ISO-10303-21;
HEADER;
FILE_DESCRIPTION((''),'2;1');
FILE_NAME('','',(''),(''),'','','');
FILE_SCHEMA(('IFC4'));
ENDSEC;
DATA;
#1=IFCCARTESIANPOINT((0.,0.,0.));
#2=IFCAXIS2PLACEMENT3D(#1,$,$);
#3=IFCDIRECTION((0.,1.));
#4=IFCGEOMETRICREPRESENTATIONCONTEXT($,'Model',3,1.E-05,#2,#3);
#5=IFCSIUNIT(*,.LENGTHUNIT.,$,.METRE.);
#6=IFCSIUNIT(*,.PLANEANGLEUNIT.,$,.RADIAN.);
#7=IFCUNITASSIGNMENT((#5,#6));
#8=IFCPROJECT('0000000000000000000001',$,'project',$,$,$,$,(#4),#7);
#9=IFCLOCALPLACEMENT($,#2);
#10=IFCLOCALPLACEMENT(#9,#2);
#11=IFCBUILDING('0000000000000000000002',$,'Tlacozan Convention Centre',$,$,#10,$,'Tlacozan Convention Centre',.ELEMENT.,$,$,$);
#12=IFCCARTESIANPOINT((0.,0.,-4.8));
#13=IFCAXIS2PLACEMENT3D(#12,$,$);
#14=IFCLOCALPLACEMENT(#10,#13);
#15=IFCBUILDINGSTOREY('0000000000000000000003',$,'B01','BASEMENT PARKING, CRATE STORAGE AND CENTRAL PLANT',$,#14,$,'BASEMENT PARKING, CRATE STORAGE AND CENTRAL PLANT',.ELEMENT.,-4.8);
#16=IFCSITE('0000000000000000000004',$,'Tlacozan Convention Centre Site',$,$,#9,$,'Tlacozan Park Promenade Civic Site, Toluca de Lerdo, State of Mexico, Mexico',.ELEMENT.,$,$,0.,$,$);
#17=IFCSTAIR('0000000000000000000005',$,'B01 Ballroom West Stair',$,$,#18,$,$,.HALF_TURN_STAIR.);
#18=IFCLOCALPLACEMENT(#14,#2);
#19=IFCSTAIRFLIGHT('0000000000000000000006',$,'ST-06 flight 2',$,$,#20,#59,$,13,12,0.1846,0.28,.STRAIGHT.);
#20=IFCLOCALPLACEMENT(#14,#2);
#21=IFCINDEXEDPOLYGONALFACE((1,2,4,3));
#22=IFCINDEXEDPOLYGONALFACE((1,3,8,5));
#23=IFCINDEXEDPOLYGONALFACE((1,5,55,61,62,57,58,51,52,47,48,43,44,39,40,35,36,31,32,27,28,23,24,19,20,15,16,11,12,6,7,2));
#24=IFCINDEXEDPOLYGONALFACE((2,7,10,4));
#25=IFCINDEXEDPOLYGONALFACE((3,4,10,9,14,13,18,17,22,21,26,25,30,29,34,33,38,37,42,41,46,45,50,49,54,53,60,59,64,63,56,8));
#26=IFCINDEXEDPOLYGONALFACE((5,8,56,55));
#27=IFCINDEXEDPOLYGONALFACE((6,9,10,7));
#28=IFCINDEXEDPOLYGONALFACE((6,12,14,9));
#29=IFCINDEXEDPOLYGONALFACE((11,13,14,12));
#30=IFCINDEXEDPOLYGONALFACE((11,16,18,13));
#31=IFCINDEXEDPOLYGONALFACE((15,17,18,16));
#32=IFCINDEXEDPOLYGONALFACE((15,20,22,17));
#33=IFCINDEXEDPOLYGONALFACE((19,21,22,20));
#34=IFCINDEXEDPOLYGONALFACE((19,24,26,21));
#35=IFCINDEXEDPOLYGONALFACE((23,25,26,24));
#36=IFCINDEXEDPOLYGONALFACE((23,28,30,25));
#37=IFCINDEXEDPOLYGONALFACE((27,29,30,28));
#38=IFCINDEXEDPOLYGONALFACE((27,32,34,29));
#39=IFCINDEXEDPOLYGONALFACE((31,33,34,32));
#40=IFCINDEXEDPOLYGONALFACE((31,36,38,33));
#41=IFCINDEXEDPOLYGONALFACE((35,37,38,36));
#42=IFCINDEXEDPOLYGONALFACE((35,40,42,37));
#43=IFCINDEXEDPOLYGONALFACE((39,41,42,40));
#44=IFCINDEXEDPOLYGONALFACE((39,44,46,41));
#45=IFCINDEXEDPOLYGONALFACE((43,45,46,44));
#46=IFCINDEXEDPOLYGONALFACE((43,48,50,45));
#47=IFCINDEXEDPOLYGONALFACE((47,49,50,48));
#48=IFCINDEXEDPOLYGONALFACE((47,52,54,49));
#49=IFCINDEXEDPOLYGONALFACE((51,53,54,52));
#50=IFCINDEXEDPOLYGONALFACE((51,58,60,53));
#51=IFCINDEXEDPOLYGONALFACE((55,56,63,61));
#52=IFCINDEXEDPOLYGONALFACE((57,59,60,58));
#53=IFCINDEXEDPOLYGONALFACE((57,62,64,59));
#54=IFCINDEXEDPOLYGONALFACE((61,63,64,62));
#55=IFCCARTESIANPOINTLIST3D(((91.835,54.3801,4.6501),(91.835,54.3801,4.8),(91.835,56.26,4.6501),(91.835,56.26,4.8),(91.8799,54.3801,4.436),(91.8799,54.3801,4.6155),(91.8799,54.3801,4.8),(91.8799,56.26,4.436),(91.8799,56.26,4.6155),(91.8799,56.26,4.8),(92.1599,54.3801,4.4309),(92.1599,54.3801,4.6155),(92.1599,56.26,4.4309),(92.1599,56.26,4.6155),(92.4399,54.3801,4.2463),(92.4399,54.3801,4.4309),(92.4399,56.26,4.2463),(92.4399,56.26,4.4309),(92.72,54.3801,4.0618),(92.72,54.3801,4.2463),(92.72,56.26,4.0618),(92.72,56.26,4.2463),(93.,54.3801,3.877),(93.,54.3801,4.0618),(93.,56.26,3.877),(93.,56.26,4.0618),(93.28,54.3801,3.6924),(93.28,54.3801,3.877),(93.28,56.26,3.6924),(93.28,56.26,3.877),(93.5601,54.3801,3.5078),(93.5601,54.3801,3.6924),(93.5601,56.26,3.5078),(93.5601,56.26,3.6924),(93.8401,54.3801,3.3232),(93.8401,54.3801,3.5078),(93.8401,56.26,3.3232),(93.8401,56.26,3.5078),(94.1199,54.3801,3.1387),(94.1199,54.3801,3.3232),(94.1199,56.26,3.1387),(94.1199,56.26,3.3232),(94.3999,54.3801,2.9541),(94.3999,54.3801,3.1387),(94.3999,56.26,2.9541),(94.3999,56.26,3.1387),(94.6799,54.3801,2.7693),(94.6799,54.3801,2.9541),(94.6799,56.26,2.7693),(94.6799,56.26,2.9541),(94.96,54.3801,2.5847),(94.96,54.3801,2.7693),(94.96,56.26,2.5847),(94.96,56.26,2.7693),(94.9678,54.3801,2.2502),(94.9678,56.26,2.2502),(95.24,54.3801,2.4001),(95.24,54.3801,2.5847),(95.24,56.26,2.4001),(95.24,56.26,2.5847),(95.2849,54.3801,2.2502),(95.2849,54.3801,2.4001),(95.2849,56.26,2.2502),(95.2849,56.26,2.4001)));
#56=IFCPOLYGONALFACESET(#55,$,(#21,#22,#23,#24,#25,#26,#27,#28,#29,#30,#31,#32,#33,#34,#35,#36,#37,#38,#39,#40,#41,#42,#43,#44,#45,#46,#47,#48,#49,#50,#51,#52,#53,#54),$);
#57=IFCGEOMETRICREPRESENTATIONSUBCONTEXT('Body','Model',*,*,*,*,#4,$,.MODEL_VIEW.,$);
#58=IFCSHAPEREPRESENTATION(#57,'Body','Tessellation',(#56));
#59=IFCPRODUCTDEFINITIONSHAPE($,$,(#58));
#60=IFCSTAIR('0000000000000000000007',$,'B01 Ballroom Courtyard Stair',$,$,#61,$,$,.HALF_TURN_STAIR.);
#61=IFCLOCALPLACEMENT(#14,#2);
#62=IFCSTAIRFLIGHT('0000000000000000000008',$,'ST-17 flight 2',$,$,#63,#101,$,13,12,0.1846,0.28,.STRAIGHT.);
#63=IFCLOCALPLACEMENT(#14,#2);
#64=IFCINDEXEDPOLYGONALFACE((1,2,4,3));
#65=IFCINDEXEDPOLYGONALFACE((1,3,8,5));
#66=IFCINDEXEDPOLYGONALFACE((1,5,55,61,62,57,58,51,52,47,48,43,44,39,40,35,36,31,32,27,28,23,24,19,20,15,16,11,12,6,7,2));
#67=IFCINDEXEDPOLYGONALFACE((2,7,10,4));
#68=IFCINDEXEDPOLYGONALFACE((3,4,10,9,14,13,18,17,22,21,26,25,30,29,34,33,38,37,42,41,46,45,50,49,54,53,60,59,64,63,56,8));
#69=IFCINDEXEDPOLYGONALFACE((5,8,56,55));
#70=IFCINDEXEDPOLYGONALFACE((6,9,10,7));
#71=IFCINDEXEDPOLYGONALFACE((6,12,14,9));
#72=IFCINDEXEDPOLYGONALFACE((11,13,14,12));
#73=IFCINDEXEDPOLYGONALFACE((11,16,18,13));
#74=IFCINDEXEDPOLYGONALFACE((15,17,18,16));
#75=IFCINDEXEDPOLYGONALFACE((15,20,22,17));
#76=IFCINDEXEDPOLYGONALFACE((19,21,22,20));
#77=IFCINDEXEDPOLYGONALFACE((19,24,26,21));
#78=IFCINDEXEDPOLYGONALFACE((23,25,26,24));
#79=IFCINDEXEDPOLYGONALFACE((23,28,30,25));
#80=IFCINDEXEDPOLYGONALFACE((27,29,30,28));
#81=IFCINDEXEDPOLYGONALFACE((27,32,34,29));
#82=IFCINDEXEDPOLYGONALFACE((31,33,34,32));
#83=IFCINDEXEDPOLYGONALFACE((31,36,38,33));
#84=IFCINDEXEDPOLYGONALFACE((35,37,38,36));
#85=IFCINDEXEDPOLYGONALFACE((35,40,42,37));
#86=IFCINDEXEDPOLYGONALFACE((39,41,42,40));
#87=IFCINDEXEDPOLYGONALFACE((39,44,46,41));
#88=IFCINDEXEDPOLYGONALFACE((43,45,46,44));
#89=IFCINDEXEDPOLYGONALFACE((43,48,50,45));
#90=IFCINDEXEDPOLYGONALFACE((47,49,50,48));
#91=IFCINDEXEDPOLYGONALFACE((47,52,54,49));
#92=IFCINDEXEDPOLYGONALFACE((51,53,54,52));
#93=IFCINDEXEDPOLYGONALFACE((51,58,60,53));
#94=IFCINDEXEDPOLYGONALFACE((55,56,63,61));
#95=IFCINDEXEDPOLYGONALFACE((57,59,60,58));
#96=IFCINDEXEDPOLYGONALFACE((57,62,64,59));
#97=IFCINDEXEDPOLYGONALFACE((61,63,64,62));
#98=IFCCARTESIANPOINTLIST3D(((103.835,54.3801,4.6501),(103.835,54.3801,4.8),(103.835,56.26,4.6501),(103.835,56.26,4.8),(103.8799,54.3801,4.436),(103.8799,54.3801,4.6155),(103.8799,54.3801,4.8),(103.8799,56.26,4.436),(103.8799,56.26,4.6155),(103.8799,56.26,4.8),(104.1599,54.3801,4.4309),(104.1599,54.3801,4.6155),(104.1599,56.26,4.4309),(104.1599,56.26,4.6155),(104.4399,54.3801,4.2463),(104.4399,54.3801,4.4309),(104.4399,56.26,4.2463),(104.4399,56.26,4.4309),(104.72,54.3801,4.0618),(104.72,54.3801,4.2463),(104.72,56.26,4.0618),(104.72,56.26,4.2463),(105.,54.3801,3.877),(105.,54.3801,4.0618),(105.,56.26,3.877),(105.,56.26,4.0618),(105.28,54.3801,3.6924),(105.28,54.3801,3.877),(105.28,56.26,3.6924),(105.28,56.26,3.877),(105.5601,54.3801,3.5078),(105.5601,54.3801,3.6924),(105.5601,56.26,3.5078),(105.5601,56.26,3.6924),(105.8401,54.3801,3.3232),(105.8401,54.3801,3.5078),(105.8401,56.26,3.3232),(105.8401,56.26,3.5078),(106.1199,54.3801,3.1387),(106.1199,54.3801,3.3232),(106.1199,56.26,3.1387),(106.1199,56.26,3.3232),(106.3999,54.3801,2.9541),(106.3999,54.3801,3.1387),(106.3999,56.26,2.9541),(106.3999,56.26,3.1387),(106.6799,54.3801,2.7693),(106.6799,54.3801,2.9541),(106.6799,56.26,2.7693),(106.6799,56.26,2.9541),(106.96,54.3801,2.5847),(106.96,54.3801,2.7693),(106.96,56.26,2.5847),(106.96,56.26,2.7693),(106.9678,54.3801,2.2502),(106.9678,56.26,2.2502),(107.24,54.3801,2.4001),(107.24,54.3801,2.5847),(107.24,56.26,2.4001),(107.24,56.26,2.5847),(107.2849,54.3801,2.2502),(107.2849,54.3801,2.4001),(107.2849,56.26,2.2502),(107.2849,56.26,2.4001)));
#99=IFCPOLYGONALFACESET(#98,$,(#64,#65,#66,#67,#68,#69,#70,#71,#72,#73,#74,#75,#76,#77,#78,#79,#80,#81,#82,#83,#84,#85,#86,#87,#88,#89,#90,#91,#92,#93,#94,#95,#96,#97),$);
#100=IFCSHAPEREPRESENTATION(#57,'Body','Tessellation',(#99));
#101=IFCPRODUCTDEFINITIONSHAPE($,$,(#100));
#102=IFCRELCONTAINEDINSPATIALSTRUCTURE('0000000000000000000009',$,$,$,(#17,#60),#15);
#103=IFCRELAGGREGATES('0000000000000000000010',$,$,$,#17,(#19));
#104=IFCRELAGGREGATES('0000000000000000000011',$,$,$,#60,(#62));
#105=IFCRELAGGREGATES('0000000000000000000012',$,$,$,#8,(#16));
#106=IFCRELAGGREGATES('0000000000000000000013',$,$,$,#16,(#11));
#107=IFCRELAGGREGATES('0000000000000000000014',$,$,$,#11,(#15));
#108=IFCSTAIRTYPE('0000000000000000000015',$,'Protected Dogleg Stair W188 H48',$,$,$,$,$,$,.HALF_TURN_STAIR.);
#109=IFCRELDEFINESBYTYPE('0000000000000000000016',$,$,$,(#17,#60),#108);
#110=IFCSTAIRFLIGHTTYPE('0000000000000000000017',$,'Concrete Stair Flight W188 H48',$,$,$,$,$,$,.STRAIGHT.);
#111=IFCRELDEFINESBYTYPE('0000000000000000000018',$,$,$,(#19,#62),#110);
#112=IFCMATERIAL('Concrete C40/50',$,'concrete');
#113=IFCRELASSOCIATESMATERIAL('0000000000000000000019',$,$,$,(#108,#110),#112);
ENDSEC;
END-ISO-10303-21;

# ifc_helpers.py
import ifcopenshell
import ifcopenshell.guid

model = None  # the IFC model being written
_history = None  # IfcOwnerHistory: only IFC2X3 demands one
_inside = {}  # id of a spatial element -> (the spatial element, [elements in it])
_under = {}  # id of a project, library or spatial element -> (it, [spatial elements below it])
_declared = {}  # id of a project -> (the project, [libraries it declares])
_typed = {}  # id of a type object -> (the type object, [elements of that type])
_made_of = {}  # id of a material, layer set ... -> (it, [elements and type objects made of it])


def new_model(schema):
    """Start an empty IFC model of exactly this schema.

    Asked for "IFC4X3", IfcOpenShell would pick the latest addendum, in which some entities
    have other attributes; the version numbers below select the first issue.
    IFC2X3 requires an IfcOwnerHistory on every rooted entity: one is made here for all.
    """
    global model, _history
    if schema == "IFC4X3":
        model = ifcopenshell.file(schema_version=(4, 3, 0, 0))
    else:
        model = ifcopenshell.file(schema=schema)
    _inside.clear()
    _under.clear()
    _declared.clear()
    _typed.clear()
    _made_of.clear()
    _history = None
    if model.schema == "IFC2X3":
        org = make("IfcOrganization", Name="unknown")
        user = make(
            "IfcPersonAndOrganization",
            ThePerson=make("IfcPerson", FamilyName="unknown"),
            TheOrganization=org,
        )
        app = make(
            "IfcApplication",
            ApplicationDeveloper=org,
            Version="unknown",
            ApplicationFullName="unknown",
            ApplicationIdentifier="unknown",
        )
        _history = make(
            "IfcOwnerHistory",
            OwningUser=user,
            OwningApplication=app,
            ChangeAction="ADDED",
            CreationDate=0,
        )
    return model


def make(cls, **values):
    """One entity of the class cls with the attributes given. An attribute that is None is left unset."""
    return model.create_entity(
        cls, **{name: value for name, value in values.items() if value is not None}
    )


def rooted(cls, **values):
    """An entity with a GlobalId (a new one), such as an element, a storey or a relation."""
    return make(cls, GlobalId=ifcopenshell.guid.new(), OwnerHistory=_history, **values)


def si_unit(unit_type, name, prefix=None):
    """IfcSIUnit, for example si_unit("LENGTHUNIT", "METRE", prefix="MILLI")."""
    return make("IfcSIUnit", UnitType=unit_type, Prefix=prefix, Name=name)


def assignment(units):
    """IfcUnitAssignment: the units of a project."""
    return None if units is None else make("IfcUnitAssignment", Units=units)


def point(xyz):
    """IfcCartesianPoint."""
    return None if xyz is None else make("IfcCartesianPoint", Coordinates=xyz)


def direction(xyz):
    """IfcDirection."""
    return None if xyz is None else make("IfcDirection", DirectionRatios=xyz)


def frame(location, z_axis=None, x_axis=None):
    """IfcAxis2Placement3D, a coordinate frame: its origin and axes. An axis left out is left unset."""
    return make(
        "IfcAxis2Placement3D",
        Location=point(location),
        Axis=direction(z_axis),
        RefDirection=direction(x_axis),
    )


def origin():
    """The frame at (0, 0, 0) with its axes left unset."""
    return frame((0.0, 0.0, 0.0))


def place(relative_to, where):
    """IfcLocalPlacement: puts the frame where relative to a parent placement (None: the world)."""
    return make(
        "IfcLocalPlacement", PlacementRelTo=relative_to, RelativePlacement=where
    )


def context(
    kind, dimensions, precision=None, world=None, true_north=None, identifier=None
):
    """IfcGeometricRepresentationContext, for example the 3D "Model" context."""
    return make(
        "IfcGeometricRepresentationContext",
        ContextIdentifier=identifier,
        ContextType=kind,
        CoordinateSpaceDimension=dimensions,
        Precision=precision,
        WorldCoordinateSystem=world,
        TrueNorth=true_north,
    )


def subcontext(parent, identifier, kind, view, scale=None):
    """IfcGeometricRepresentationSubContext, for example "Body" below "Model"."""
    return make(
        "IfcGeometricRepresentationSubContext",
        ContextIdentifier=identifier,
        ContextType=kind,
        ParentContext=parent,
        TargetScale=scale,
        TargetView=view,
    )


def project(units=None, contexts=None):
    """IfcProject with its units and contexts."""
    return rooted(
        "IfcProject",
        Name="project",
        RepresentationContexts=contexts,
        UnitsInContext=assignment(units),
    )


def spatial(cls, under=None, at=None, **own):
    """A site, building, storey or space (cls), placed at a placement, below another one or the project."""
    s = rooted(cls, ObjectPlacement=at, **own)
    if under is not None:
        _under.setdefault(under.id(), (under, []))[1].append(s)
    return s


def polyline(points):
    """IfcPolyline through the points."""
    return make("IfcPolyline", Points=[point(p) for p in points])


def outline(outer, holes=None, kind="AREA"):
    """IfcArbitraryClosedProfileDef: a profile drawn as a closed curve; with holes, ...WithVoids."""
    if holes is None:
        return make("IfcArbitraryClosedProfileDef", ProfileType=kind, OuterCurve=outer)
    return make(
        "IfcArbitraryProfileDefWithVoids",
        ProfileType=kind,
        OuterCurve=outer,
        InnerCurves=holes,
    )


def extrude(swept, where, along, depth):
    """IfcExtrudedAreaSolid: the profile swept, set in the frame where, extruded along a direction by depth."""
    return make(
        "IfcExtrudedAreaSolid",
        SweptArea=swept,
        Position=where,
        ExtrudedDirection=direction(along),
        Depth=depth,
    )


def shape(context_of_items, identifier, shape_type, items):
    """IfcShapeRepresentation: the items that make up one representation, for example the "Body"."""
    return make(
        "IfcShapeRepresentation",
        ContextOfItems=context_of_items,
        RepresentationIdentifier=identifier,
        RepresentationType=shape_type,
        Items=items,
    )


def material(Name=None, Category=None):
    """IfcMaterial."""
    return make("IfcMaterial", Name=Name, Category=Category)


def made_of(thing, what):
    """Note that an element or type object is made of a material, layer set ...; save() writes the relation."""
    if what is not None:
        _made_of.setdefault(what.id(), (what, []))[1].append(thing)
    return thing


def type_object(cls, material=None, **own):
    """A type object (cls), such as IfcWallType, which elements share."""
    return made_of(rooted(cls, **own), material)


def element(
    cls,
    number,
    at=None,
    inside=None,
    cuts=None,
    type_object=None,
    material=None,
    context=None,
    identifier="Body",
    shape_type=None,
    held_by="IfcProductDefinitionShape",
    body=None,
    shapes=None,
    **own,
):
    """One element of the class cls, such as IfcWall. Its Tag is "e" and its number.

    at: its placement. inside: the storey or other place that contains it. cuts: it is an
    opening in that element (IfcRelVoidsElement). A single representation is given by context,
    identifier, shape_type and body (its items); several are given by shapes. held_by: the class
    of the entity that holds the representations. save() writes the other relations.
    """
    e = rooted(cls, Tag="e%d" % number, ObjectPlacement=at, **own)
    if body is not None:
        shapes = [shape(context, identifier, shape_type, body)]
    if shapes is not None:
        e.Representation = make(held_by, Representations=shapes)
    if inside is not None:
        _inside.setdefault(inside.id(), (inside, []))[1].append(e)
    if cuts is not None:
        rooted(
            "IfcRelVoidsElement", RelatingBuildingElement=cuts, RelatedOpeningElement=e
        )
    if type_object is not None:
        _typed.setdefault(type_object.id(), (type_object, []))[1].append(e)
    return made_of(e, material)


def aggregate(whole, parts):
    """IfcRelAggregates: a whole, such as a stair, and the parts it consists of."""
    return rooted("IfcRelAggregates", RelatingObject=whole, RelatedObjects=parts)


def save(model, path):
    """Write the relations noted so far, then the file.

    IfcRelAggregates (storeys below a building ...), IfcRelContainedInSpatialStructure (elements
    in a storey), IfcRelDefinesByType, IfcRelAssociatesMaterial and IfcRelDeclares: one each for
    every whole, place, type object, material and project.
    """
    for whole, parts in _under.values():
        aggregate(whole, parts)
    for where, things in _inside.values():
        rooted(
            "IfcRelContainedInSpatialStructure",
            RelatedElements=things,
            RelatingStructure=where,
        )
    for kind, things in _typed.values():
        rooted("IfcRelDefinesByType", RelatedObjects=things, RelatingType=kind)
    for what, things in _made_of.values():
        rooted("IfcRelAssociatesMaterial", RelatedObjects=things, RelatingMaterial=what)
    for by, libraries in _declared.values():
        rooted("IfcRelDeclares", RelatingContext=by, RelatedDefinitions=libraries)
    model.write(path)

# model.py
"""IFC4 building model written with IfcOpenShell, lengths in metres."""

from ifc_helpers import new_model, si_unit, direction, frame, origin, place, context, subcontext, project, spatial, polyline, outline, extrude, material, type_object, element, aggregate, save


model = new_model("IFC4")

# Units and contexts
model_context = context("Model", 3, precision=1e-05, world=origin(), true_north=direction((0.0, 1.0)))
body_context = subcontext(model_context, "Body", "Model", "MODEL_VIEW")
ifc_project = project(units=[si_unit("LENGTHUNIT", "METRE"), si_unit("PLANEANGLEUNIT", "RADIAN")], contexts=[model_context])

# Site, building, storey
site_placement = place(None, origin())
site = spatial("IfcSite", under=ifc_project, at=site_placement, Name="Tlacozan Convention Centre Site", LongName="Tlacozan Park Promenade Civic Site, Toluca de Lerdo, State of Mexico, Mexico", CompositionType="ELEMENT", RefElevation=0.0)
building_placement = place(site_placement, origin())
building = spatial("IfcBuilding", under=site, at=building_placement, Name="Tlacozan Convention Centre", LongName="Tlacozan Convention Centre", CompositionType="ELEMENT")
storey_placement = place(building_placement, frame((0.0, 0.0, -4.8)))
storey = spatial("IfcBuildingStorey", under=building, at=storey_placement, Name="B01", Description="BASEMENT PARKING, CRATE STORAGE AND CENTRAL PLANT", LongName="BASEMENT PARKING, CRATE STORAGE AND CENTRAL PLANT", CompositionType="ELEMENT", Elevation=-4.8)

# Shared definitions
ifc_material_1 = material(Name="Concrete C40/50", Category="concrete")

# Stairs, stair flights
stair_type = type_object("IfcStairType", Name="Protected Dogleg Stair W188 H48", PredefinedType="HALF_TURN_STAIR", material=ifc_material_1)
stair_1_placement = place(storey_placement, origin())
stair_1 = element("IfcStair", 1, at=stair_1_placement, inside=storey, type_object=stair_type, Name="B01 Ballroom West Stair", PredefinedType="HALF_TURN_STAIR")
stair_flight_type = type_object("IfcStairFlightType", Name="Concrete Stair Flight W188 H48", PredefinedType="STRAIGHT", material=ifc_material_1)
stair_flight_1_placement = place(storey_placement, frame((95.24, 55.3201, 2.4001), z_axis=(0.0, 0.0, 1.0), x_axis=(-1.0, 0.0, 0.0)))
stair_flight_1 = element("IfcStairFlight", 2, at=stair_flight_1_placement, type_object=stair_flight_type, Name="ST-06 flight 2", NumberOfRisers=13, NumberOfTreads=12, PredefinedType="STRAIGHT", RiserHeight=0.1846, TreadLength=0.28, context=body_context, shape_type="SweptSolid", body=[
    extrude(outline(polyline([(-0.0449, -0.1499), (-0.0449, 0.0), (0.0, 0.0), (0.0, 0.1846), (0.28, 0.1846), (0.28, 0.3691), (0.5601, 0.3691), (0.5601, 0.554), (0.8401, 0.554), (0.8401, 0.7385), (1.1201, 0.7385), (1.1201, 0.9231), (1.3999, 0.9231), (1.3999, 1.1077), (1.6799, 1.1077), (1.6799, 1.2922), (1.96, 1.2922), (1.96, 1.4768), (2.24, 1.4768), (2.24, 1.6616), (2.52, 1.6616), (2.52, 1.8462), (2.8, 1.8462), (2.8, 2.0308), (3.0801, 2.0308), (3.0801, 2.2153), (3.3601, 2.2153), (3.3601, 2.3999), (3.405, 2.3999), (3.405, 2.25), (3.3601, 2.0359), (0.2722, -0.1499), (-0.0449, -0.1499)])), frame((0.0, 0.9399, 0.0), z_axis=(0.0, -1.0, 0.0), x_axis=(1.0, 0.0, 0.0)), (0.0, 0.0, 1.0), 1.8799),
])
aggregate(stair_1, [stair_flight_1])
stair_2_placement = place(storey_placement, origin())
stair_2 = element("IfcStair", 3, at=stair_2_placement, inside=storey, type_object=stair_type, Name="B01 Ballroom Courtyard Stair", PredefinedType="HALF_TURN_STAIR")
stair_flight_2_placement = place(storey_placement, frame((107.24, 55.3201, 2.4001), z_axis=(0.0, 0.0, 1.0), x_axis=(-1.0, 0.0, 0.0)))
stair_flight_2 = element("IfcStairFlight", 4, at=stair_flight_2_placement, type_object=stair_flight_type, Name="ST-17 flight 2", NumberOfRisers=13, NumberOfTreads=12, PredefinedType="STRAIGHT", RiserHeight=0.1846, TreadLength=0.28, context=body_context, shape_type="SweptSolid", body=[
    extrude(outline(polyline([(-0.0449, -0.1499), (-0.0449, 0.0), (0.0, 0.0), (0.0, 0.1846), (0.28, 0.1846), (0.28, 0.3691), (0.5601, 0.3691), (0.5601, 0.554), (0.8401, 0.554), (0.8401, 0.7385), (1.1201, 0.7385), (1.1201, 0.9231), (1.3999, 0.9231), (1.3999, 1.1077), (1.6799, 1.1077), (1.6799, 1.2922), (1.96, 1.2922), (1.96, 1.4768), (2.24, 1.4768), (2.24, 1.6616), (2.52, 1.6616), (2.52, 1.8462), (2.8, 1.8462), (2.8, 2.0308), (3.0801, 2.0308), (3.0801, 2.2153), (3.3601, 2.2153), (3.3601, 2.3999), (3.405, 2.3999), (3.405, 2.25), (3.3601, 2.0359), (0.2722, -0.1499), (-0.0449, -0.1499)])), frame((0.0, 0.9399, 0.0), z_axis=(0.0, -1.0, 0.0), x_axis=(1.0, 0.0, 0.0)), (0.0, 0.0, 1.0), 1.8799),
])
aggregate(stair_2, [stair_flight_2])

save(model, "model.ifc")
